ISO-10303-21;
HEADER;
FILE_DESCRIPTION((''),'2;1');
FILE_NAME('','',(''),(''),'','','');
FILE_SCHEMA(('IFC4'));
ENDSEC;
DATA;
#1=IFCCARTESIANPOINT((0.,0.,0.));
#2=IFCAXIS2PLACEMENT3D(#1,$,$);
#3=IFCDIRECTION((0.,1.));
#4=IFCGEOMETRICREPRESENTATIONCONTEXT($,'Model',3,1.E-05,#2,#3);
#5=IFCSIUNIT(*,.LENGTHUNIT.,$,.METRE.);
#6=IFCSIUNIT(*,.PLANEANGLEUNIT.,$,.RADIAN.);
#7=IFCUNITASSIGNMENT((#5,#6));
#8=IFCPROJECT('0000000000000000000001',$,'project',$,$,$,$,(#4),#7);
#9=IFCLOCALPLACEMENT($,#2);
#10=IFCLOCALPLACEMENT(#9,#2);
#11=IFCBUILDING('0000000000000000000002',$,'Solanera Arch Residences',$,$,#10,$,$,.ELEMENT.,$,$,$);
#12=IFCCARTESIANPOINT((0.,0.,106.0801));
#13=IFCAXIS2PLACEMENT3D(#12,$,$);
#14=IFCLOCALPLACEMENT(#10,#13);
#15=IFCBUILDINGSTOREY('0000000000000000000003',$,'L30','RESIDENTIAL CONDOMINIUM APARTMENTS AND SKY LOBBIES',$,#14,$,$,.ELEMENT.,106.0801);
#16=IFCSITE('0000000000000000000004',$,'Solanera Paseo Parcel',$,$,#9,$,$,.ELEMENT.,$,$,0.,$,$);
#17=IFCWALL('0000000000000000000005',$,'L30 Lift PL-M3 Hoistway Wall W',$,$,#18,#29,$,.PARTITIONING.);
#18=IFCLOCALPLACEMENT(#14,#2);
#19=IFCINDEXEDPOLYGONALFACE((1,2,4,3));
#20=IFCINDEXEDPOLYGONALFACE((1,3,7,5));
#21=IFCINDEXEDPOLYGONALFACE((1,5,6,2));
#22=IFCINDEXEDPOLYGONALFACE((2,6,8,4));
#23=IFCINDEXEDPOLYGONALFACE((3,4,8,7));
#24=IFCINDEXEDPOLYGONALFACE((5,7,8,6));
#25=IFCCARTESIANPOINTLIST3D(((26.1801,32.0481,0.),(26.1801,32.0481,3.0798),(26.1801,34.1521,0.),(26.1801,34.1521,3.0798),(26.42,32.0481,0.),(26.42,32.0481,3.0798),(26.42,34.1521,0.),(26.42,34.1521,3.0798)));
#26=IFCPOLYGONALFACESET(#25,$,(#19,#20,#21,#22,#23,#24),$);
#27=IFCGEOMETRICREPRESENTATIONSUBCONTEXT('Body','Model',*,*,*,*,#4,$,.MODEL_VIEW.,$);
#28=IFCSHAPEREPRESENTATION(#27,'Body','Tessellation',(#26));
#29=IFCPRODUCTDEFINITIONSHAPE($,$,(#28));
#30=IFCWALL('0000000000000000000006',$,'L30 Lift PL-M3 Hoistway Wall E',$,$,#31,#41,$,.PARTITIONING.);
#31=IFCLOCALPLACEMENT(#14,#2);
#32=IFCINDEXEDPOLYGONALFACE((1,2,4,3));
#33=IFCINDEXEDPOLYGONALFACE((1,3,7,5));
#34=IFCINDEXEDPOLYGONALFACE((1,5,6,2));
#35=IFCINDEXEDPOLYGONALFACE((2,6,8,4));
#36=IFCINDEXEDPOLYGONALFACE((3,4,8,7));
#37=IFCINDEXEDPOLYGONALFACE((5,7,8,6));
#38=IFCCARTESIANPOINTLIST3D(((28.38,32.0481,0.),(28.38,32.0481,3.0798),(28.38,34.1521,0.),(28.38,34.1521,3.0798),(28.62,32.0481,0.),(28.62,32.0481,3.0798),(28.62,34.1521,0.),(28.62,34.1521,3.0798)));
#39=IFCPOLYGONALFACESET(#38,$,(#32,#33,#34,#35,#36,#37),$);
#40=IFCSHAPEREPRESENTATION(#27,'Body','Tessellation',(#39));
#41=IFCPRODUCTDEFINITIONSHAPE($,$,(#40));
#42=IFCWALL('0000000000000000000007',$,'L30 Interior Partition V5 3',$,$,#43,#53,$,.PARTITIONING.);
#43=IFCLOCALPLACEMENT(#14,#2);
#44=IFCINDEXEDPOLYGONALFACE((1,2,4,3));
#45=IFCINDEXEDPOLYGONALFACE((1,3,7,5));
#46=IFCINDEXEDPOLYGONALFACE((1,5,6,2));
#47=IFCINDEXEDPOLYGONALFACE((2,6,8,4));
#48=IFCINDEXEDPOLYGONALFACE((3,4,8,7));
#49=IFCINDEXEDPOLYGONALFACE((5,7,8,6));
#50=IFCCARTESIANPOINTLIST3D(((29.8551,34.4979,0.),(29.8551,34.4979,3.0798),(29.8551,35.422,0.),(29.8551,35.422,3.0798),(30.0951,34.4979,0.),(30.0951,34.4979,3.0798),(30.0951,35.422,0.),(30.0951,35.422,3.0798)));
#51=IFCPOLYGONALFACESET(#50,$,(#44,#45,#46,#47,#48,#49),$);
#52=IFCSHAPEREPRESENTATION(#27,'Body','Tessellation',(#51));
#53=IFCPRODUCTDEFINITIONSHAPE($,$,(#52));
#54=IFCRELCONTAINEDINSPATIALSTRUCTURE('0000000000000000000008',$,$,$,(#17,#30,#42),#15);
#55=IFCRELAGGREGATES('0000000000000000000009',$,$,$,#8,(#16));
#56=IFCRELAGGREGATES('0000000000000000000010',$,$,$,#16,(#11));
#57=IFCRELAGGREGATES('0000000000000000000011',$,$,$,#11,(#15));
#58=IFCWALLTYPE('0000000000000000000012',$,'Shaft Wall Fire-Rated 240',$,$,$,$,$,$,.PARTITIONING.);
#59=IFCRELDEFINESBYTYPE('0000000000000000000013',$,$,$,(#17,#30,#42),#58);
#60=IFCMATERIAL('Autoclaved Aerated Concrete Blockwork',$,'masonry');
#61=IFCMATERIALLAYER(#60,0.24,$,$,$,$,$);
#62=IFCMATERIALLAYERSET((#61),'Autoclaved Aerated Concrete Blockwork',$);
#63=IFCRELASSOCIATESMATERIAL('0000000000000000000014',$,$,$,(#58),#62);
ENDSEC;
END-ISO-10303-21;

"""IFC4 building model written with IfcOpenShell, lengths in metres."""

from ifc_helpers import new_model, si_unit, direction, frame, frame_2d, origin, place, context, subcontext, project, spatial, rectangle, extrude, material, layer, layer_set, type_object, element, save


model = new_model("IFC4")

# Units and contexts
model_context = context("Model", 3, precision=1e-05, world=origin(), true_north=direction((0.0, 1.0)))
body_context = subcontext(model_context, "Body", "Model", "MODEL_VIEW")
ifc_project = project(units=[si_unit("LENGTHUNIT", "METRE"), si_unit("PLANEANGLEUNIT", "RADIAN")], contexts=[model_context])

# Site, building, storey
site_placement = place(None, origin())
site = spatial("IfcSite", under=ifc_project, at=site_placement, Name="Solanera Paseo Parcel", CompositionType="ELEMENT", RefElevation=0.0)
building_placement = place(site_placement, origin())
building = spatial("IfcBuilding", under=site, at=building_placement, Name="Solanera Arch Residences", CompositionType="ELEMENT")
storey_placement = place(building_placement, frame((0.0, 0.0, 106.0801)))
storey = spatial("IfcBuildingStorey", under=building, at=storey_placement, Name="L30", Description="RESIDENTIAL CONDOMINIUM APARTMENTS AND SKY LOBBIES", CompositionType="ELEMENT", Elevation=106.0801)

# Walls
ifc_material_1 = material(Name="Autoclaved Aerated Concrete Blockwork", Category="masonry")
ifc_layer_1 = layer(ifc_material_1, 0.24)
ifc_layer_set_1 = layer_set([ifc_layer_1], Name="Autoclaved Aerated Concrete Blockwork")
wall_type_1 = type_object("IfcWallType", Name="Shaft Wall Fire-Rated 240", PredefinedType="PARTITIONING", material=ifc_layer_set_1)
for number, where, z_axis, x_axis, name in (
    (1, (26.3, 32.0481, 0.0), (0.0, 0.0, 1.0), (0.0, 1.0, 0.0), "L30 Lift PL-M3 Hoistway Wall W"),
    (2, (28.5, 32.0481, 0.0), (0.0, 0.0, 1.0), (0.0, 1.0, 0.0), "L30 Lift PL-M3 Hoistway Wall E"),
):
    element("IfcWall", number, at=place(storey_placement, frame(where, z_axis=z_axis, x_axis=x_axis)), inside=storey, type_object=wall_type_1, Name=name, PredefinedType="PARTITIONING", context=body_context, shape_type="SweptSolid", body=[
        extrude(rectangle(XDim=2.104, YDim=0.24, at=frame_2d((1.052, 0.0))), origin(), (0.0, 0.0, 1.0), 3.0798),
    ])

# Wall
wall_1_placement = place(storey_placement, frame((29.9751, 34.498, 0.0), z_axis=(0.0, 0.0, 1.0), x_axis=(0.0, 1.0, 0.0)))
element("IfcWall", 3, at=wall_1_placement, inside=storey, type_object=wall_type_1, Name="L30 Interior Partition V5 3", PredefinedType="PARTITIONING", context=body_context, shape_type="SweptSolid", body=[
    extrude(rectangle(XDim=0.9241, YDim=0.24, at=frame_2d((0.4619, 0.0))), origin(), (0.0, 0.0, 1.0), 3.0798),
])

save(model, "model.ifc")
